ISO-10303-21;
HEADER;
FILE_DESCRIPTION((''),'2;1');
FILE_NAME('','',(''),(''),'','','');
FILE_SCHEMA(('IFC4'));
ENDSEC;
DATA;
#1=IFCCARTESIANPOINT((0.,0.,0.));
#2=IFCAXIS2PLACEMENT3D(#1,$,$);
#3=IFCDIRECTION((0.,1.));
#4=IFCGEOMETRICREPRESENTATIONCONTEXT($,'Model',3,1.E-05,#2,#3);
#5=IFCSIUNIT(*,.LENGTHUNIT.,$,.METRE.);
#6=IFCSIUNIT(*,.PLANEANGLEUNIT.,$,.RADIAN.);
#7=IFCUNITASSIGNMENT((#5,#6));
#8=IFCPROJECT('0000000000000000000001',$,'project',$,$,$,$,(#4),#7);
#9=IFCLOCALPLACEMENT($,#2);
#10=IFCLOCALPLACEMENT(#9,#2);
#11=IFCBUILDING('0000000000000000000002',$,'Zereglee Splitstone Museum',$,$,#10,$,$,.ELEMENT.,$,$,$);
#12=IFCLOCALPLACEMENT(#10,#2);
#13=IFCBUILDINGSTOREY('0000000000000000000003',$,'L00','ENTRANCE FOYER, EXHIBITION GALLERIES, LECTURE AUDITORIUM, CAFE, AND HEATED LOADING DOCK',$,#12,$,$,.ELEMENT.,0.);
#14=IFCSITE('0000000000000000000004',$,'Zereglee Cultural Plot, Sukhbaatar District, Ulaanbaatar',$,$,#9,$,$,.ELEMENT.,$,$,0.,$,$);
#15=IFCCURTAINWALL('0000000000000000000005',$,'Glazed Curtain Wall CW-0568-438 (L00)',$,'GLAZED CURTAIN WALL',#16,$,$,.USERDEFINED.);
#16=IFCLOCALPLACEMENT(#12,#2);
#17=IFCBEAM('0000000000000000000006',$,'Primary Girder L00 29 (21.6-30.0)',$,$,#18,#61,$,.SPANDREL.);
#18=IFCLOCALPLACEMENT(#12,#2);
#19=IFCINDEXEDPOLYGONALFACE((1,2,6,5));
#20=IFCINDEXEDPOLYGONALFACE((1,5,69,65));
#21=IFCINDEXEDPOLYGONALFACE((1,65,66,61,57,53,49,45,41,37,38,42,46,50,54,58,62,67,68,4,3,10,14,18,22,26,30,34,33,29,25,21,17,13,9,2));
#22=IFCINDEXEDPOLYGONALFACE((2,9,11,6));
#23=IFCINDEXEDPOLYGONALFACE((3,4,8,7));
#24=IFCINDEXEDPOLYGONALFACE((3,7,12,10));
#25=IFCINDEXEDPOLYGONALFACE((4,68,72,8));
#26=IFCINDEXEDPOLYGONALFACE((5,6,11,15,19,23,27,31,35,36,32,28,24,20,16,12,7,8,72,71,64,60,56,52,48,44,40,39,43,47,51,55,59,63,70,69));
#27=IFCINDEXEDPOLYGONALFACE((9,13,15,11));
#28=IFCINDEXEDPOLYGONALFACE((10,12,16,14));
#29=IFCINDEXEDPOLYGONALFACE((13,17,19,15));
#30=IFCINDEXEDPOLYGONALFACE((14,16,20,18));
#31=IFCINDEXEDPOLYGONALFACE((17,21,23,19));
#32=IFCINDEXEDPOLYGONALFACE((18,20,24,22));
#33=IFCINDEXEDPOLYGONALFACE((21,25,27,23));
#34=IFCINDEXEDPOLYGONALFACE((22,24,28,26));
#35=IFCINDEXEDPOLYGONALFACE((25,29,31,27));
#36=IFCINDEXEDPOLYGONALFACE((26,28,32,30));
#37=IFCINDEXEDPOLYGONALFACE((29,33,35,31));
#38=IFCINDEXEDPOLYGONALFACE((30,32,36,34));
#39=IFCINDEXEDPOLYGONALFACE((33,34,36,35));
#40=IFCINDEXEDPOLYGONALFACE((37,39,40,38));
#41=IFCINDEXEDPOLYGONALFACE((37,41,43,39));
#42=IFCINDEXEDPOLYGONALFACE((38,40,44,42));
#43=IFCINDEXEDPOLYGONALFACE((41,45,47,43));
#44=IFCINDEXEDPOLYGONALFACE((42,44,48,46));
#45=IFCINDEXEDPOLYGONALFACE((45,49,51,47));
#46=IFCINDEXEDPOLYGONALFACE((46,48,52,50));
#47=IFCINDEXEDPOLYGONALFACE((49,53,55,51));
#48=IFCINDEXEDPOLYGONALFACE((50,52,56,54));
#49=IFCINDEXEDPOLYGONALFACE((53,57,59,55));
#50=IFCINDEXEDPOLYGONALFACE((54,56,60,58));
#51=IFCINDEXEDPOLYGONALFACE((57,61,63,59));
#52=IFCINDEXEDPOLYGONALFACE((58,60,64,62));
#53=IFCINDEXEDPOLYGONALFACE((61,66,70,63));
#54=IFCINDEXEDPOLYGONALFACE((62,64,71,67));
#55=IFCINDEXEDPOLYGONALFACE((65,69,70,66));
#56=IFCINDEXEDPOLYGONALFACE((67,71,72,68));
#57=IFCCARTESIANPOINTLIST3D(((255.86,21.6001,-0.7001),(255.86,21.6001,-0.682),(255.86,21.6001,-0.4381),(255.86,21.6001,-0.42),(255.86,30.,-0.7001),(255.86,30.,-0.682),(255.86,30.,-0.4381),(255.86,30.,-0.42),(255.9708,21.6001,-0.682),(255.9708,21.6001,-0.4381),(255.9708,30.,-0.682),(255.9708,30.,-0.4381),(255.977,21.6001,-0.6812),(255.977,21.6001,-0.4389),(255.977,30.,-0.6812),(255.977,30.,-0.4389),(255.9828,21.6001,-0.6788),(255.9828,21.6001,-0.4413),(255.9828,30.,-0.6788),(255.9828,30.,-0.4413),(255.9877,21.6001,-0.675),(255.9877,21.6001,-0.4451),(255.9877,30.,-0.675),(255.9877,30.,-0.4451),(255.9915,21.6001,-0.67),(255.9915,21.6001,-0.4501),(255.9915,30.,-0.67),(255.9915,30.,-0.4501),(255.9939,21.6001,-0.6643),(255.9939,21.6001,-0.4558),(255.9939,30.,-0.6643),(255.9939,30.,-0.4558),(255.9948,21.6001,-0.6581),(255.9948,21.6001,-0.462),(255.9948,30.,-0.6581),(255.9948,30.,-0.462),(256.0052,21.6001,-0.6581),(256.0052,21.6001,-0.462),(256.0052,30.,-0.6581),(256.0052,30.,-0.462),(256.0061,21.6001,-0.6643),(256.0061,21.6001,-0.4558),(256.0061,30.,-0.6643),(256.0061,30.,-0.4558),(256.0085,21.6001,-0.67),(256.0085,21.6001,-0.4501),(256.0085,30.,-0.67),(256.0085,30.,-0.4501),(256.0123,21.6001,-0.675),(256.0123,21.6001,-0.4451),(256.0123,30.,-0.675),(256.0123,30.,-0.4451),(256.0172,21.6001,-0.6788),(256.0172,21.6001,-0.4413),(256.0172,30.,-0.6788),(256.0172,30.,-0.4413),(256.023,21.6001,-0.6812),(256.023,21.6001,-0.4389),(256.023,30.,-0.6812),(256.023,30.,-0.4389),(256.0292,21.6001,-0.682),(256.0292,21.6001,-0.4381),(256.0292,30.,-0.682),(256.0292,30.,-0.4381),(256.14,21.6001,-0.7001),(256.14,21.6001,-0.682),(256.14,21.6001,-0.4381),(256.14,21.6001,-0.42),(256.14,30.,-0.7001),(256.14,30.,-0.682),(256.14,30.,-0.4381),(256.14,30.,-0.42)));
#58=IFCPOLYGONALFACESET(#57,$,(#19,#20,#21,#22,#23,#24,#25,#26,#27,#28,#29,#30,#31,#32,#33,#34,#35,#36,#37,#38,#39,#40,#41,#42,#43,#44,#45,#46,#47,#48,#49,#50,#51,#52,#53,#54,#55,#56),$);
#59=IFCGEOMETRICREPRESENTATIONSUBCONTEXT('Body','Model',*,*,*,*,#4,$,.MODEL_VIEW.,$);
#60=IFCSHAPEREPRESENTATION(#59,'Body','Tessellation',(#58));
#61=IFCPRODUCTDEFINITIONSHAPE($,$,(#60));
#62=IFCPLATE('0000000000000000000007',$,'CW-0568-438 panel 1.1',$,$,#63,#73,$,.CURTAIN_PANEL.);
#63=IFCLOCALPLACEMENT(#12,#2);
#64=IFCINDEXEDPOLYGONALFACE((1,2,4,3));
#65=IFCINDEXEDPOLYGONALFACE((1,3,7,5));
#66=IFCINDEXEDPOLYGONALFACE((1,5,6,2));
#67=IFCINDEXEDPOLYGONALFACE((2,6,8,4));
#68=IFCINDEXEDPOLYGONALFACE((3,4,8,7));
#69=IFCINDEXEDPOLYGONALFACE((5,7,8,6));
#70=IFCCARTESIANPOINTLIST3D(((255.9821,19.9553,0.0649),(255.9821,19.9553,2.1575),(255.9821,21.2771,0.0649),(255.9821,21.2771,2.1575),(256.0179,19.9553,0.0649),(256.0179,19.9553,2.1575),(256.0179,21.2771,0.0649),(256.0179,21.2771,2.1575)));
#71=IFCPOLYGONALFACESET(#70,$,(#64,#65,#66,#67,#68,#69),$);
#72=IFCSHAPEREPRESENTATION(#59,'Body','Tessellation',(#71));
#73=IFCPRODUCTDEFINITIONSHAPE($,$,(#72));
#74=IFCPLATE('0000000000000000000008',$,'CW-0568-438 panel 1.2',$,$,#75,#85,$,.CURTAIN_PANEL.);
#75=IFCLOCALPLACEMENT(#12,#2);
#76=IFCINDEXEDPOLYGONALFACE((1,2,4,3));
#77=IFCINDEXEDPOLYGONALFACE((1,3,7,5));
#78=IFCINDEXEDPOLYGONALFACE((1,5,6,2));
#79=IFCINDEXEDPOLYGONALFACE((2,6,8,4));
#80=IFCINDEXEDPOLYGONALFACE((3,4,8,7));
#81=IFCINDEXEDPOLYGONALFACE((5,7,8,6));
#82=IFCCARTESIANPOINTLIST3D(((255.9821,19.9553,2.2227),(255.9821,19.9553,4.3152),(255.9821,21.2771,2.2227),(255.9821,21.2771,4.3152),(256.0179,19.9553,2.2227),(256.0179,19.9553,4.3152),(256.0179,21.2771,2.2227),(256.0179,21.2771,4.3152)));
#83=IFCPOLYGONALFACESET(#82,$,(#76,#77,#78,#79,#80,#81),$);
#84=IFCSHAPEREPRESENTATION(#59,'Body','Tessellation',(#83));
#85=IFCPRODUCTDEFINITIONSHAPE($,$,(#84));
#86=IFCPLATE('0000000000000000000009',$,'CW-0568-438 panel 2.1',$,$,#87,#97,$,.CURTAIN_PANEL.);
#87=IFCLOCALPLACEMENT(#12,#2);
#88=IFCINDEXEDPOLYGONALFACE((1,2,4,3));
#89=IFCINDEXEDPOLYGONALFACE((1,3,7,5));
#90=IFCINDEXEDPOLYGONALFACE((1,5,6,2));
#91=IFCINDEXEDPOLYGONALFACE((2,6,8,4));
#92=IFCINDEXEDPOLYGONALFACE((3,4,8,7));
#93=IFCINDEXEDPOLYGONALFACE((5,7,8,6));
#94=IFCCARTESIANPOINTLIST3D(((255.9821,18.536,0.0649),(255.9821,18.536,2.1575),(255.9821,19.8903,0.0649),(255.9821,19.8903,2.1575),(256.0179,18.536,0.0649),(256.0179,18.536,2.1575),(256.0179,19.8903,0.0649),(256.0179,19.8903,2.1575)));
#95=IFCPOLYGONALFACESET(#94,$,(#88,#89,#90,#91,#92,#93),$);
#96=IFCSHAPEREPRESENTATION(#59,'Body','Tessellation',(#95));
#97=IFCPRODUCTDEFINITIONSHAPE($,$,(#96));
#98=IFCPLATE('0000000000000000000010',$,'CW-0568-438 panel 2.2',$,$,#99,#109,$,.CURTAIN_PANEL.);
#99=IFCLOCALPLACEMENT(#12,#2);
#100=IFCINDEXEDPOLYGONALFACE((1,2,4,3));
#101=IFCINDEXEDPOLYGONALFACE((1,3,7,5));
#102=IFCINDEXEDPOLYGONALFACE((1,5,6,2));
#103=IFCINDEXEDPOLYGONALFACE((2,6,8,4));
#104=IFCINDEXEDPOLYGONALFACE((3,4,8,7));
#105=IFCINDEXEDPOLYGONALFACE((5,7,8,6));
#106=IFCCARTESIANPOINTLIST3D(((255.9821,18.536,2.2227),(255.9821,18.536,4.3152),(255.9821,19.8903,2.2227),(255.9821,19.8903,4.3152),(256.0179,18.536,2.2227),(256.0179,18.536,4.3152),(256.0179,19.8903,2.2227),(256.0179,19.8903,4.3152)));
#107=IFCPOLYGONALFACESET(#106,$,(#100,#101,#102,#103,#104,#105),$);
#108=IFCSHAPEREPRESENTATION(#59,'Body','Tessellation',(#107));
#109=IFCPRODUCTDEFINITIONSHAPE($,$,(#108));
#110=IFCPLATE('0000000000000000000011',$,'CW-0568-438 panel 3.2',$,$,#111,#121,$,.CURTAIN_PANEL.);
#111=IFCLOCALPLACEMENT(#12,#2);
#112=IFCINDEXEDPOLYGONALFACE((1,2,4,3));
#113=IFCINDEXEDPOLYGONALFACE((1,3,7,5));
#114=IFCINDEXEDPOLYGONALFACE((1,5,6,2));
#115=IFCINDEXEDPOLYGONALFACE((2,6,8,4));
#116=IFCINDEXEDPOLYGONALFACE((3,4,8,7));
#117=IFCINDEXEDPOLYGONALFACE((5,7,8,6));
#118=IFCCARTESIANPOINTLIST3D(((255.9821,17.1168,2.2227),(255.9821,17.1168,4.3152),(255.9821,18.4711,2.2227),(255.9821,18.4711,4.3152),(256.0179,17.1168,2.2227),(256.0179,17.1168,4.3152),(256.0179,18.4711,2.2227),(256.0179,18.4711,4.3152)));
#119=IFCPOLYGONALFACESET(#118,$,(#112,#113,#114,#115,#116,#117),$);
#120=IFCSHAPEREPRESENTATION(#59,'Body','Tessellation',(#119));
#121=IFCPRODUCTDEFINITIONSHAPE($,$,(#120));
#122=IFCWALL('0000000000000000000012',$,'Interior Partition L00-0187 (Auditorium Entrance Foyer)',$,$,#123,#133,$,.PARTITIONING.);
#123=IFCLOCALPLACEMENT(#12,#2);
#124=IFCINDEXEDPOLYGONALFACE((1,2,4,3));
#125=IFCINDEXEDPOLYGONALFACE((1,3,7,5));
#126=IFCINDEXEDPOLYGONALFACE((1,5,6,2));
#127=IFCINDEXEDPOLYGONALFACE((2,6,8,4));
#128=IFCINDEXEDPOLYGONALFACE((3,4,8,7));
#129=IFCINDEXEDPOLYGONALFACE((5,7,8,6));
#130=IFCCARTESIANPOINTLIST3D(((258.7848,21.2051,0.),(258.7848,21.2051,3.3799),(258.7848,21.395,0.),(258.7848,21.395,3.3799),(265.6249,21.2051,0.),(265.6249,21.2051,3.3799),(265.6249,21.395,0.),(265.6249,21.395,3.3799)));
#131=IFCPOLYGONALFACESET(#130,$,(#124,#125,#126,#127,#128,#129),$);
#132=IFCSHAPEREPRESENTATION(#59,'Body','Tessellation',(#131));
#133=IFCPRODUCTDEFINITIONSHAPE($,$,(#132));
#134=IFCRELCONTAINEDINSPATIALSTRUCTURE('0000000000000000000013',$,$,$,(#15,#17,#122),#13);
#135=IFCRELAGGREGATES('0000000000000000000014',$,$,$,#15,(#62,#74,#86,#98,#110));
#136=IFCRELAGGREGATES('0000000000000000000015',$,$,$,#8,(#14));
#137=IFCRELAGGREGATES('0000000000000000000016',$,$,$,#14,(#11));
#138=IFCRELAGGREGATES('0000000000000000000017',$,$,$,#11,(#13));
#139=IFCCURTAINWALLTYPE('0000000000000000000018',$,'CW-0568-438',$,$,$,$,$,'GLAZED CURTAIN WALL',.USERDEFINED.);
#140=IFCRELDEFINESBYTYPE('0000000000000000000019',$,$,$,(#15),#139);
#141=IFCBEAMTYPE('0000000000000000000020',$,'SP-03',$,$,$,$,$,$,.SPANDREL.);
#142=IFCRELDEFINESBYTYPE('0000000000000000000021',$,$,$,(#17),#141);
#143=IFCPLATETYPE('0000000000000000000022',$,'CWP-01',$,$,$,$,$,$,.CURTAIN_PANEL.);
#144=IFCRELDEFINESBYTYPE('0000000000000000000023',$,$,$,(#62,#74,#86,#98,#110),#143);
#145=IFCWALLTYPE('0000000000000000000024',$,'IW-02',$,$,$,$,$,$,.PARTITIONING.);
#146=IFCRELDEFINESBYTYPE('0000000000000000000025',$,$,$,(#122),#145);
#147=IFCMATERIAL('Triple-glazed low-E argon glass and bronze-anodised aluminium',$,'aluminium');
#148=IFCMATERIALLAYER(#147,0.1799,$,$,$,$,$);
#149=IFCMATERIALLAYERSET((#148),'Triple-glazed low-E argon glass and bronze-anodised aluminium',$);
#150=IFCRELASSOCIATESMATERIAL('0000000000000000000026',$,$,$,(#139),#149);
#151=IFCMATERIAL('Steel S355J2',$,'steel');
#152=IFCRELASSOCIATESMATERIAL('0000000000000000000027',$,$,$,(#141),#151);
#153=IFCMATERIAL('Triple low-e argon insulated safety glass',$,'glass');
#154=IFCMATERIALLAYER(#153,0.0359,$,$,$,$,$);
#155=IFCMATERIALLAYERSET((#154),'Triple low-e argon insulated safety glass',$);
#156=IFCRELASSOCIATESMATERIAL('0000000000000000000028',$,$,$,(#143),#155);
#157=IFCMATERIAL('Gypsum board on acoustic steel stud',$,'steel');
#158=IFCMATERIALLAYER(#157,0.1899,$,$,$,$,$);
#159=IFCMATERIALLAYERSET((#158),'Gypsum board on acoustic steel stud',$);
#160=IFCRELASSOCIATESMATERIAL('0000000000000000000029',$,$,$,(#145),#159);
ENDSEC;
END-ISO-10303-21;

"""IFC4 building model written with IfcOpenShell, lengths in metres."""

from ifc_helpers import new_model, si_unit, direction, frame, frame_2d, origin, origin_2d, place, context, subcontext, project, spatial, rectangle, i_section, extrude, material, layer, layer_set, material_profile, profile_set, type_object, element, aggregate, save


model = new_model("IFC4")

# Units and contexts
model_context = context("Model", 3, precision=1e-05, world=origin(), true_north=direction((0.0, 1.0)))
body_context = subcontext(model_context, "Body", "Model", "MODEL_VIEW")
ifc_project = project(units=[si_unit("LENGTHUNIT", "METRE"), si_unit("PLANEANGLEUNIT", "RADIAN")], contexts=[model_context])

# Site, building, storey
site_placement = place(None, origin())
site = spatial("IfcSite", under=ifc_project, at=site_placement, Name="Zereglee Cultural Plot, Sukhbaatar District, Ulaanbaatar", CompositionType="ELEMENT", RefElevation=0.0)
building_placement = place(site_placement, origin())
building = spatial("IfcBuilding", under=site, at=building_placement, Name="Zereglee Splitstone Museum", CompositionType="ELEMENT")
storey_placement = place(building_placement, origin())
storey = spatial("IfcBuildingStorey", under=building, at=storey_placement, Name="L00", Description="ENTRANCE FOYER, EXHIBITION GALLERIES, LECTURE AUDITORIUM, CAFE, AND HEATED LOADING DOCK", CompositionType="ELEMENT", Elevation=0.0)

# Curtain wall
ifc_material_1 = material(Name="Triple-glazed low-E argon glass and bronze-anodised aluminium", Category="aluminium")
ifc_layer_1 = layer(ifc_material_1, 0.1799)
ifc_layer_set_1 = layer_set([ifc_layer_1], Name="Triple-glazed low-E argon glass and bronze-anodised aluminium")
curtain_wall_type = type_object("IfcCurtainWallType", Name="CW-0568-438", ElementType="GLAZED CURTAIN WALL", PredefinedType="USERDEFINED", material=ifc_layer_set_1)
curtain_wall_placement = place(storey_placement, origin())
curtain_wall = element("IfcCurtainWall", 1, at=curtain_wall_placement, inside=storey, type_object=curtain_wall_type, Name="Glazed Curtain Wall CW-0568-438 (L00)", ObjectType="GLAZED CURTAIN WALL", PredefinedType="USERDEFINED")

# Beam
ifc_material_2 = material(Name="Steel S355J2", Category="steel")
ifc_material_profile_1 = material_profile(ifc_material_2, i_section(OverallWidth=0.28, OverallDepth=0.28, WebThickness=0.0105, FlangeThickness=0.0181, FilletRadius=0.0239, at=origin_2d()), Name="HE 280 B")
ifc_profile_set_1 = profile_set([ifc_material_profile_1], Name="Steel S355J2")
beam_type_1 = type_object("IfcBeamType", Name="SP-03", PredefinedType="SPANDREL", material=ifc_profile_set_1)
beam_1_placement = place(storey_placement, frame((256.0, 21.6001, -0.5601), z_axis=(0.0, 1.0, 0.0), x_axis=(-1.0, 0.0, 0.0)))
element("IfcBeam", 2, at=beam_1_placement, inside=storey, type_object=beam_type_1, Name="Primary Girder L00 29 (21.6-30.0)", PredefinedType="SPANDREL", context=body_context, shape_type="SweptSolid", body=[
    extrude(i_section(OverallWidth=0.28, OverallDepth=0.28, WebThickness=0.0105, FlangeThickness=0.0181, FilletRadius=0.0239, at=origin_2d()), origin(), (0.0, 0.0, 1.0), 8.3999),
])

# Plates
ifc_material_3 = material(Name="Triple low-e argon insulated safety glass", Category="glass")
ifc_layer_2 = layer(ifc_material_3, 0.0359)
ifc_layer_set_2 = layer_set([ifc_layer_2], Name="Triple low-e argon insulated safety glass")
plate_type = type_object("IfcPlateType", Name="CWP-01", PredefinedType="CURTAIN_PANEL", material=ifc_layer_set_2)
plate_1_placement = place(storey_placement, frame((256.0, 20.6162, 0.0649), z_axis=(0.0, 0.0, 1.0), x_axis=(0.0, -1.0, 0.0)))
plate_1 = element("IfcPlate", 3, at=plate_1_placement, type_object=plate_type, Name="CW-0568-438 panel 1.1", PredefinedType="CURTAIN_PANEL", context=body_context, shape_type="SweptSolid", body=[
    extrude(rectangle(XDim=1.3218, YDim=0.0359, at=origin_2d()), origin(), (0.0, 0.0, 1.0), 2.0925),
])
plate_2_placement = place(storey_placement, frame((256.0, 20.6162, 2.2227), z_axis=(0.0, 0.0, 1.0), x_axis=(0.0, -1.0, 0.0)))
plate_2 = element("IfcPlate", 4, at=plate_2_placement, type_object=plate_type, Name="CW-0568-438 panel 1.2", PredefinedType="CURTAIN_PANEL", context=body_context, shape_type="SweptSolid", body=[
    extrude(rectangle(XDim=1.3218, YDim=0.0359, at=origin_2d()), origin(), (0.0, 0.0, 1.0), 2.0925),
])
plate_3_placement = place(storey_placement, frame((256.0, 19.2131, 0.0649), z_axis=(0.0, 0.0, 1.0), x_axis=(0.0, -1.0, 0.0)))
plate_3 = element("IfcPlate", 5, at=plate_3_placement, type_object=plate_type, Name="CW-0568-438 panel 2.1", PredefinedType="CURTAIN_PANEL", context=body_context, shape_type="SweptSolid", body=[
    extrude(rectangle(XDim=1.3542, YDim=0.0359, at=origin_2d()), origin(), (0.0, 0.0, 1.0), 2.0925),
])
plate_4_placement = place(storey_placement, frame((256.0, 19.2131, 2.2227), z_axis=(0.0, 0.0, 1.0), x_axis=(0.0, -1.0, 0.0)))
plate_4 = element("IfcPlate", 6, at=plate_4_placement, type_object=plate_type, Name="CW-0568-438 panel 2.2", PredefinedType="CURTAIN_PANEL", context=body_context, shape_type="SweptSolid", body=[
    extrude(rectangle(XDim=1.3542, YDim=0.0359, at=origin_2d()), origin(), (0.0, 0.0, 1.0), 2.0925),
])
plate_5_placement = place(storey_placement, frame((256.0, 17.7939, 2.2227), z_axis=(0.0, 0.0, 1.0), x_axis=(0.0, -1.0, 0.0)))
plate_5 = element("IfcPlate", 7, at=plate_5_placement, type_object=plate_type, Name="CW-0568-438 panel 3.2", PredefinedType="CURTAIN_PANEL", context=body_context, shape_type="SweptSolid", body=[
    extrude(rectangle(XDim=1.3542, YDim=0.0359, at=origin_2d()), origin(), (0.0, 0.0, 1.0), 2.0925),
])
aggregate(curtain_wall, [plate_1, plate_2, plate_3, plate_4, plate_5])

# Wall
ifc_material_4 = material(Name="Gypsum board on acoustic steel stud", Category="steel")
ifc_layer_3 = layer(ifc_material_4, 0.1899)
ifc_layer_set_3 = layer_set([ifc_layer_3], Name="Gypsum board on acoustic steel stud")
wall_type = type_object("IfcWallType", Name="IW-02", PredefinedType="PARTITIONING", material=ifc_layer_set_3)
wall_placement = place(storey_placement, frame((258.7849, 21.3, 0.0), z_axis=(0.0, 0.0, 1.0), x_axis=(1.0, 0.0, 0.0)))
element("IfcWall", 8, at=wall_placement, inside=storey, type_object=wall_type, Name="Interior Partition L00-0187 (Auditorium Entrance Foyer)", PredefinedType="PARTITIONING", context=body_context, shape_type="SweptSolid", body=[
    extrude(rectangle(XDim=6.8401, YDim=0.1899, at=frame_2d((3.4199, 0.0))), origin(), (0.0, 0.0, 1.0), 3.3799),
])

save(model, "model.ifc")
